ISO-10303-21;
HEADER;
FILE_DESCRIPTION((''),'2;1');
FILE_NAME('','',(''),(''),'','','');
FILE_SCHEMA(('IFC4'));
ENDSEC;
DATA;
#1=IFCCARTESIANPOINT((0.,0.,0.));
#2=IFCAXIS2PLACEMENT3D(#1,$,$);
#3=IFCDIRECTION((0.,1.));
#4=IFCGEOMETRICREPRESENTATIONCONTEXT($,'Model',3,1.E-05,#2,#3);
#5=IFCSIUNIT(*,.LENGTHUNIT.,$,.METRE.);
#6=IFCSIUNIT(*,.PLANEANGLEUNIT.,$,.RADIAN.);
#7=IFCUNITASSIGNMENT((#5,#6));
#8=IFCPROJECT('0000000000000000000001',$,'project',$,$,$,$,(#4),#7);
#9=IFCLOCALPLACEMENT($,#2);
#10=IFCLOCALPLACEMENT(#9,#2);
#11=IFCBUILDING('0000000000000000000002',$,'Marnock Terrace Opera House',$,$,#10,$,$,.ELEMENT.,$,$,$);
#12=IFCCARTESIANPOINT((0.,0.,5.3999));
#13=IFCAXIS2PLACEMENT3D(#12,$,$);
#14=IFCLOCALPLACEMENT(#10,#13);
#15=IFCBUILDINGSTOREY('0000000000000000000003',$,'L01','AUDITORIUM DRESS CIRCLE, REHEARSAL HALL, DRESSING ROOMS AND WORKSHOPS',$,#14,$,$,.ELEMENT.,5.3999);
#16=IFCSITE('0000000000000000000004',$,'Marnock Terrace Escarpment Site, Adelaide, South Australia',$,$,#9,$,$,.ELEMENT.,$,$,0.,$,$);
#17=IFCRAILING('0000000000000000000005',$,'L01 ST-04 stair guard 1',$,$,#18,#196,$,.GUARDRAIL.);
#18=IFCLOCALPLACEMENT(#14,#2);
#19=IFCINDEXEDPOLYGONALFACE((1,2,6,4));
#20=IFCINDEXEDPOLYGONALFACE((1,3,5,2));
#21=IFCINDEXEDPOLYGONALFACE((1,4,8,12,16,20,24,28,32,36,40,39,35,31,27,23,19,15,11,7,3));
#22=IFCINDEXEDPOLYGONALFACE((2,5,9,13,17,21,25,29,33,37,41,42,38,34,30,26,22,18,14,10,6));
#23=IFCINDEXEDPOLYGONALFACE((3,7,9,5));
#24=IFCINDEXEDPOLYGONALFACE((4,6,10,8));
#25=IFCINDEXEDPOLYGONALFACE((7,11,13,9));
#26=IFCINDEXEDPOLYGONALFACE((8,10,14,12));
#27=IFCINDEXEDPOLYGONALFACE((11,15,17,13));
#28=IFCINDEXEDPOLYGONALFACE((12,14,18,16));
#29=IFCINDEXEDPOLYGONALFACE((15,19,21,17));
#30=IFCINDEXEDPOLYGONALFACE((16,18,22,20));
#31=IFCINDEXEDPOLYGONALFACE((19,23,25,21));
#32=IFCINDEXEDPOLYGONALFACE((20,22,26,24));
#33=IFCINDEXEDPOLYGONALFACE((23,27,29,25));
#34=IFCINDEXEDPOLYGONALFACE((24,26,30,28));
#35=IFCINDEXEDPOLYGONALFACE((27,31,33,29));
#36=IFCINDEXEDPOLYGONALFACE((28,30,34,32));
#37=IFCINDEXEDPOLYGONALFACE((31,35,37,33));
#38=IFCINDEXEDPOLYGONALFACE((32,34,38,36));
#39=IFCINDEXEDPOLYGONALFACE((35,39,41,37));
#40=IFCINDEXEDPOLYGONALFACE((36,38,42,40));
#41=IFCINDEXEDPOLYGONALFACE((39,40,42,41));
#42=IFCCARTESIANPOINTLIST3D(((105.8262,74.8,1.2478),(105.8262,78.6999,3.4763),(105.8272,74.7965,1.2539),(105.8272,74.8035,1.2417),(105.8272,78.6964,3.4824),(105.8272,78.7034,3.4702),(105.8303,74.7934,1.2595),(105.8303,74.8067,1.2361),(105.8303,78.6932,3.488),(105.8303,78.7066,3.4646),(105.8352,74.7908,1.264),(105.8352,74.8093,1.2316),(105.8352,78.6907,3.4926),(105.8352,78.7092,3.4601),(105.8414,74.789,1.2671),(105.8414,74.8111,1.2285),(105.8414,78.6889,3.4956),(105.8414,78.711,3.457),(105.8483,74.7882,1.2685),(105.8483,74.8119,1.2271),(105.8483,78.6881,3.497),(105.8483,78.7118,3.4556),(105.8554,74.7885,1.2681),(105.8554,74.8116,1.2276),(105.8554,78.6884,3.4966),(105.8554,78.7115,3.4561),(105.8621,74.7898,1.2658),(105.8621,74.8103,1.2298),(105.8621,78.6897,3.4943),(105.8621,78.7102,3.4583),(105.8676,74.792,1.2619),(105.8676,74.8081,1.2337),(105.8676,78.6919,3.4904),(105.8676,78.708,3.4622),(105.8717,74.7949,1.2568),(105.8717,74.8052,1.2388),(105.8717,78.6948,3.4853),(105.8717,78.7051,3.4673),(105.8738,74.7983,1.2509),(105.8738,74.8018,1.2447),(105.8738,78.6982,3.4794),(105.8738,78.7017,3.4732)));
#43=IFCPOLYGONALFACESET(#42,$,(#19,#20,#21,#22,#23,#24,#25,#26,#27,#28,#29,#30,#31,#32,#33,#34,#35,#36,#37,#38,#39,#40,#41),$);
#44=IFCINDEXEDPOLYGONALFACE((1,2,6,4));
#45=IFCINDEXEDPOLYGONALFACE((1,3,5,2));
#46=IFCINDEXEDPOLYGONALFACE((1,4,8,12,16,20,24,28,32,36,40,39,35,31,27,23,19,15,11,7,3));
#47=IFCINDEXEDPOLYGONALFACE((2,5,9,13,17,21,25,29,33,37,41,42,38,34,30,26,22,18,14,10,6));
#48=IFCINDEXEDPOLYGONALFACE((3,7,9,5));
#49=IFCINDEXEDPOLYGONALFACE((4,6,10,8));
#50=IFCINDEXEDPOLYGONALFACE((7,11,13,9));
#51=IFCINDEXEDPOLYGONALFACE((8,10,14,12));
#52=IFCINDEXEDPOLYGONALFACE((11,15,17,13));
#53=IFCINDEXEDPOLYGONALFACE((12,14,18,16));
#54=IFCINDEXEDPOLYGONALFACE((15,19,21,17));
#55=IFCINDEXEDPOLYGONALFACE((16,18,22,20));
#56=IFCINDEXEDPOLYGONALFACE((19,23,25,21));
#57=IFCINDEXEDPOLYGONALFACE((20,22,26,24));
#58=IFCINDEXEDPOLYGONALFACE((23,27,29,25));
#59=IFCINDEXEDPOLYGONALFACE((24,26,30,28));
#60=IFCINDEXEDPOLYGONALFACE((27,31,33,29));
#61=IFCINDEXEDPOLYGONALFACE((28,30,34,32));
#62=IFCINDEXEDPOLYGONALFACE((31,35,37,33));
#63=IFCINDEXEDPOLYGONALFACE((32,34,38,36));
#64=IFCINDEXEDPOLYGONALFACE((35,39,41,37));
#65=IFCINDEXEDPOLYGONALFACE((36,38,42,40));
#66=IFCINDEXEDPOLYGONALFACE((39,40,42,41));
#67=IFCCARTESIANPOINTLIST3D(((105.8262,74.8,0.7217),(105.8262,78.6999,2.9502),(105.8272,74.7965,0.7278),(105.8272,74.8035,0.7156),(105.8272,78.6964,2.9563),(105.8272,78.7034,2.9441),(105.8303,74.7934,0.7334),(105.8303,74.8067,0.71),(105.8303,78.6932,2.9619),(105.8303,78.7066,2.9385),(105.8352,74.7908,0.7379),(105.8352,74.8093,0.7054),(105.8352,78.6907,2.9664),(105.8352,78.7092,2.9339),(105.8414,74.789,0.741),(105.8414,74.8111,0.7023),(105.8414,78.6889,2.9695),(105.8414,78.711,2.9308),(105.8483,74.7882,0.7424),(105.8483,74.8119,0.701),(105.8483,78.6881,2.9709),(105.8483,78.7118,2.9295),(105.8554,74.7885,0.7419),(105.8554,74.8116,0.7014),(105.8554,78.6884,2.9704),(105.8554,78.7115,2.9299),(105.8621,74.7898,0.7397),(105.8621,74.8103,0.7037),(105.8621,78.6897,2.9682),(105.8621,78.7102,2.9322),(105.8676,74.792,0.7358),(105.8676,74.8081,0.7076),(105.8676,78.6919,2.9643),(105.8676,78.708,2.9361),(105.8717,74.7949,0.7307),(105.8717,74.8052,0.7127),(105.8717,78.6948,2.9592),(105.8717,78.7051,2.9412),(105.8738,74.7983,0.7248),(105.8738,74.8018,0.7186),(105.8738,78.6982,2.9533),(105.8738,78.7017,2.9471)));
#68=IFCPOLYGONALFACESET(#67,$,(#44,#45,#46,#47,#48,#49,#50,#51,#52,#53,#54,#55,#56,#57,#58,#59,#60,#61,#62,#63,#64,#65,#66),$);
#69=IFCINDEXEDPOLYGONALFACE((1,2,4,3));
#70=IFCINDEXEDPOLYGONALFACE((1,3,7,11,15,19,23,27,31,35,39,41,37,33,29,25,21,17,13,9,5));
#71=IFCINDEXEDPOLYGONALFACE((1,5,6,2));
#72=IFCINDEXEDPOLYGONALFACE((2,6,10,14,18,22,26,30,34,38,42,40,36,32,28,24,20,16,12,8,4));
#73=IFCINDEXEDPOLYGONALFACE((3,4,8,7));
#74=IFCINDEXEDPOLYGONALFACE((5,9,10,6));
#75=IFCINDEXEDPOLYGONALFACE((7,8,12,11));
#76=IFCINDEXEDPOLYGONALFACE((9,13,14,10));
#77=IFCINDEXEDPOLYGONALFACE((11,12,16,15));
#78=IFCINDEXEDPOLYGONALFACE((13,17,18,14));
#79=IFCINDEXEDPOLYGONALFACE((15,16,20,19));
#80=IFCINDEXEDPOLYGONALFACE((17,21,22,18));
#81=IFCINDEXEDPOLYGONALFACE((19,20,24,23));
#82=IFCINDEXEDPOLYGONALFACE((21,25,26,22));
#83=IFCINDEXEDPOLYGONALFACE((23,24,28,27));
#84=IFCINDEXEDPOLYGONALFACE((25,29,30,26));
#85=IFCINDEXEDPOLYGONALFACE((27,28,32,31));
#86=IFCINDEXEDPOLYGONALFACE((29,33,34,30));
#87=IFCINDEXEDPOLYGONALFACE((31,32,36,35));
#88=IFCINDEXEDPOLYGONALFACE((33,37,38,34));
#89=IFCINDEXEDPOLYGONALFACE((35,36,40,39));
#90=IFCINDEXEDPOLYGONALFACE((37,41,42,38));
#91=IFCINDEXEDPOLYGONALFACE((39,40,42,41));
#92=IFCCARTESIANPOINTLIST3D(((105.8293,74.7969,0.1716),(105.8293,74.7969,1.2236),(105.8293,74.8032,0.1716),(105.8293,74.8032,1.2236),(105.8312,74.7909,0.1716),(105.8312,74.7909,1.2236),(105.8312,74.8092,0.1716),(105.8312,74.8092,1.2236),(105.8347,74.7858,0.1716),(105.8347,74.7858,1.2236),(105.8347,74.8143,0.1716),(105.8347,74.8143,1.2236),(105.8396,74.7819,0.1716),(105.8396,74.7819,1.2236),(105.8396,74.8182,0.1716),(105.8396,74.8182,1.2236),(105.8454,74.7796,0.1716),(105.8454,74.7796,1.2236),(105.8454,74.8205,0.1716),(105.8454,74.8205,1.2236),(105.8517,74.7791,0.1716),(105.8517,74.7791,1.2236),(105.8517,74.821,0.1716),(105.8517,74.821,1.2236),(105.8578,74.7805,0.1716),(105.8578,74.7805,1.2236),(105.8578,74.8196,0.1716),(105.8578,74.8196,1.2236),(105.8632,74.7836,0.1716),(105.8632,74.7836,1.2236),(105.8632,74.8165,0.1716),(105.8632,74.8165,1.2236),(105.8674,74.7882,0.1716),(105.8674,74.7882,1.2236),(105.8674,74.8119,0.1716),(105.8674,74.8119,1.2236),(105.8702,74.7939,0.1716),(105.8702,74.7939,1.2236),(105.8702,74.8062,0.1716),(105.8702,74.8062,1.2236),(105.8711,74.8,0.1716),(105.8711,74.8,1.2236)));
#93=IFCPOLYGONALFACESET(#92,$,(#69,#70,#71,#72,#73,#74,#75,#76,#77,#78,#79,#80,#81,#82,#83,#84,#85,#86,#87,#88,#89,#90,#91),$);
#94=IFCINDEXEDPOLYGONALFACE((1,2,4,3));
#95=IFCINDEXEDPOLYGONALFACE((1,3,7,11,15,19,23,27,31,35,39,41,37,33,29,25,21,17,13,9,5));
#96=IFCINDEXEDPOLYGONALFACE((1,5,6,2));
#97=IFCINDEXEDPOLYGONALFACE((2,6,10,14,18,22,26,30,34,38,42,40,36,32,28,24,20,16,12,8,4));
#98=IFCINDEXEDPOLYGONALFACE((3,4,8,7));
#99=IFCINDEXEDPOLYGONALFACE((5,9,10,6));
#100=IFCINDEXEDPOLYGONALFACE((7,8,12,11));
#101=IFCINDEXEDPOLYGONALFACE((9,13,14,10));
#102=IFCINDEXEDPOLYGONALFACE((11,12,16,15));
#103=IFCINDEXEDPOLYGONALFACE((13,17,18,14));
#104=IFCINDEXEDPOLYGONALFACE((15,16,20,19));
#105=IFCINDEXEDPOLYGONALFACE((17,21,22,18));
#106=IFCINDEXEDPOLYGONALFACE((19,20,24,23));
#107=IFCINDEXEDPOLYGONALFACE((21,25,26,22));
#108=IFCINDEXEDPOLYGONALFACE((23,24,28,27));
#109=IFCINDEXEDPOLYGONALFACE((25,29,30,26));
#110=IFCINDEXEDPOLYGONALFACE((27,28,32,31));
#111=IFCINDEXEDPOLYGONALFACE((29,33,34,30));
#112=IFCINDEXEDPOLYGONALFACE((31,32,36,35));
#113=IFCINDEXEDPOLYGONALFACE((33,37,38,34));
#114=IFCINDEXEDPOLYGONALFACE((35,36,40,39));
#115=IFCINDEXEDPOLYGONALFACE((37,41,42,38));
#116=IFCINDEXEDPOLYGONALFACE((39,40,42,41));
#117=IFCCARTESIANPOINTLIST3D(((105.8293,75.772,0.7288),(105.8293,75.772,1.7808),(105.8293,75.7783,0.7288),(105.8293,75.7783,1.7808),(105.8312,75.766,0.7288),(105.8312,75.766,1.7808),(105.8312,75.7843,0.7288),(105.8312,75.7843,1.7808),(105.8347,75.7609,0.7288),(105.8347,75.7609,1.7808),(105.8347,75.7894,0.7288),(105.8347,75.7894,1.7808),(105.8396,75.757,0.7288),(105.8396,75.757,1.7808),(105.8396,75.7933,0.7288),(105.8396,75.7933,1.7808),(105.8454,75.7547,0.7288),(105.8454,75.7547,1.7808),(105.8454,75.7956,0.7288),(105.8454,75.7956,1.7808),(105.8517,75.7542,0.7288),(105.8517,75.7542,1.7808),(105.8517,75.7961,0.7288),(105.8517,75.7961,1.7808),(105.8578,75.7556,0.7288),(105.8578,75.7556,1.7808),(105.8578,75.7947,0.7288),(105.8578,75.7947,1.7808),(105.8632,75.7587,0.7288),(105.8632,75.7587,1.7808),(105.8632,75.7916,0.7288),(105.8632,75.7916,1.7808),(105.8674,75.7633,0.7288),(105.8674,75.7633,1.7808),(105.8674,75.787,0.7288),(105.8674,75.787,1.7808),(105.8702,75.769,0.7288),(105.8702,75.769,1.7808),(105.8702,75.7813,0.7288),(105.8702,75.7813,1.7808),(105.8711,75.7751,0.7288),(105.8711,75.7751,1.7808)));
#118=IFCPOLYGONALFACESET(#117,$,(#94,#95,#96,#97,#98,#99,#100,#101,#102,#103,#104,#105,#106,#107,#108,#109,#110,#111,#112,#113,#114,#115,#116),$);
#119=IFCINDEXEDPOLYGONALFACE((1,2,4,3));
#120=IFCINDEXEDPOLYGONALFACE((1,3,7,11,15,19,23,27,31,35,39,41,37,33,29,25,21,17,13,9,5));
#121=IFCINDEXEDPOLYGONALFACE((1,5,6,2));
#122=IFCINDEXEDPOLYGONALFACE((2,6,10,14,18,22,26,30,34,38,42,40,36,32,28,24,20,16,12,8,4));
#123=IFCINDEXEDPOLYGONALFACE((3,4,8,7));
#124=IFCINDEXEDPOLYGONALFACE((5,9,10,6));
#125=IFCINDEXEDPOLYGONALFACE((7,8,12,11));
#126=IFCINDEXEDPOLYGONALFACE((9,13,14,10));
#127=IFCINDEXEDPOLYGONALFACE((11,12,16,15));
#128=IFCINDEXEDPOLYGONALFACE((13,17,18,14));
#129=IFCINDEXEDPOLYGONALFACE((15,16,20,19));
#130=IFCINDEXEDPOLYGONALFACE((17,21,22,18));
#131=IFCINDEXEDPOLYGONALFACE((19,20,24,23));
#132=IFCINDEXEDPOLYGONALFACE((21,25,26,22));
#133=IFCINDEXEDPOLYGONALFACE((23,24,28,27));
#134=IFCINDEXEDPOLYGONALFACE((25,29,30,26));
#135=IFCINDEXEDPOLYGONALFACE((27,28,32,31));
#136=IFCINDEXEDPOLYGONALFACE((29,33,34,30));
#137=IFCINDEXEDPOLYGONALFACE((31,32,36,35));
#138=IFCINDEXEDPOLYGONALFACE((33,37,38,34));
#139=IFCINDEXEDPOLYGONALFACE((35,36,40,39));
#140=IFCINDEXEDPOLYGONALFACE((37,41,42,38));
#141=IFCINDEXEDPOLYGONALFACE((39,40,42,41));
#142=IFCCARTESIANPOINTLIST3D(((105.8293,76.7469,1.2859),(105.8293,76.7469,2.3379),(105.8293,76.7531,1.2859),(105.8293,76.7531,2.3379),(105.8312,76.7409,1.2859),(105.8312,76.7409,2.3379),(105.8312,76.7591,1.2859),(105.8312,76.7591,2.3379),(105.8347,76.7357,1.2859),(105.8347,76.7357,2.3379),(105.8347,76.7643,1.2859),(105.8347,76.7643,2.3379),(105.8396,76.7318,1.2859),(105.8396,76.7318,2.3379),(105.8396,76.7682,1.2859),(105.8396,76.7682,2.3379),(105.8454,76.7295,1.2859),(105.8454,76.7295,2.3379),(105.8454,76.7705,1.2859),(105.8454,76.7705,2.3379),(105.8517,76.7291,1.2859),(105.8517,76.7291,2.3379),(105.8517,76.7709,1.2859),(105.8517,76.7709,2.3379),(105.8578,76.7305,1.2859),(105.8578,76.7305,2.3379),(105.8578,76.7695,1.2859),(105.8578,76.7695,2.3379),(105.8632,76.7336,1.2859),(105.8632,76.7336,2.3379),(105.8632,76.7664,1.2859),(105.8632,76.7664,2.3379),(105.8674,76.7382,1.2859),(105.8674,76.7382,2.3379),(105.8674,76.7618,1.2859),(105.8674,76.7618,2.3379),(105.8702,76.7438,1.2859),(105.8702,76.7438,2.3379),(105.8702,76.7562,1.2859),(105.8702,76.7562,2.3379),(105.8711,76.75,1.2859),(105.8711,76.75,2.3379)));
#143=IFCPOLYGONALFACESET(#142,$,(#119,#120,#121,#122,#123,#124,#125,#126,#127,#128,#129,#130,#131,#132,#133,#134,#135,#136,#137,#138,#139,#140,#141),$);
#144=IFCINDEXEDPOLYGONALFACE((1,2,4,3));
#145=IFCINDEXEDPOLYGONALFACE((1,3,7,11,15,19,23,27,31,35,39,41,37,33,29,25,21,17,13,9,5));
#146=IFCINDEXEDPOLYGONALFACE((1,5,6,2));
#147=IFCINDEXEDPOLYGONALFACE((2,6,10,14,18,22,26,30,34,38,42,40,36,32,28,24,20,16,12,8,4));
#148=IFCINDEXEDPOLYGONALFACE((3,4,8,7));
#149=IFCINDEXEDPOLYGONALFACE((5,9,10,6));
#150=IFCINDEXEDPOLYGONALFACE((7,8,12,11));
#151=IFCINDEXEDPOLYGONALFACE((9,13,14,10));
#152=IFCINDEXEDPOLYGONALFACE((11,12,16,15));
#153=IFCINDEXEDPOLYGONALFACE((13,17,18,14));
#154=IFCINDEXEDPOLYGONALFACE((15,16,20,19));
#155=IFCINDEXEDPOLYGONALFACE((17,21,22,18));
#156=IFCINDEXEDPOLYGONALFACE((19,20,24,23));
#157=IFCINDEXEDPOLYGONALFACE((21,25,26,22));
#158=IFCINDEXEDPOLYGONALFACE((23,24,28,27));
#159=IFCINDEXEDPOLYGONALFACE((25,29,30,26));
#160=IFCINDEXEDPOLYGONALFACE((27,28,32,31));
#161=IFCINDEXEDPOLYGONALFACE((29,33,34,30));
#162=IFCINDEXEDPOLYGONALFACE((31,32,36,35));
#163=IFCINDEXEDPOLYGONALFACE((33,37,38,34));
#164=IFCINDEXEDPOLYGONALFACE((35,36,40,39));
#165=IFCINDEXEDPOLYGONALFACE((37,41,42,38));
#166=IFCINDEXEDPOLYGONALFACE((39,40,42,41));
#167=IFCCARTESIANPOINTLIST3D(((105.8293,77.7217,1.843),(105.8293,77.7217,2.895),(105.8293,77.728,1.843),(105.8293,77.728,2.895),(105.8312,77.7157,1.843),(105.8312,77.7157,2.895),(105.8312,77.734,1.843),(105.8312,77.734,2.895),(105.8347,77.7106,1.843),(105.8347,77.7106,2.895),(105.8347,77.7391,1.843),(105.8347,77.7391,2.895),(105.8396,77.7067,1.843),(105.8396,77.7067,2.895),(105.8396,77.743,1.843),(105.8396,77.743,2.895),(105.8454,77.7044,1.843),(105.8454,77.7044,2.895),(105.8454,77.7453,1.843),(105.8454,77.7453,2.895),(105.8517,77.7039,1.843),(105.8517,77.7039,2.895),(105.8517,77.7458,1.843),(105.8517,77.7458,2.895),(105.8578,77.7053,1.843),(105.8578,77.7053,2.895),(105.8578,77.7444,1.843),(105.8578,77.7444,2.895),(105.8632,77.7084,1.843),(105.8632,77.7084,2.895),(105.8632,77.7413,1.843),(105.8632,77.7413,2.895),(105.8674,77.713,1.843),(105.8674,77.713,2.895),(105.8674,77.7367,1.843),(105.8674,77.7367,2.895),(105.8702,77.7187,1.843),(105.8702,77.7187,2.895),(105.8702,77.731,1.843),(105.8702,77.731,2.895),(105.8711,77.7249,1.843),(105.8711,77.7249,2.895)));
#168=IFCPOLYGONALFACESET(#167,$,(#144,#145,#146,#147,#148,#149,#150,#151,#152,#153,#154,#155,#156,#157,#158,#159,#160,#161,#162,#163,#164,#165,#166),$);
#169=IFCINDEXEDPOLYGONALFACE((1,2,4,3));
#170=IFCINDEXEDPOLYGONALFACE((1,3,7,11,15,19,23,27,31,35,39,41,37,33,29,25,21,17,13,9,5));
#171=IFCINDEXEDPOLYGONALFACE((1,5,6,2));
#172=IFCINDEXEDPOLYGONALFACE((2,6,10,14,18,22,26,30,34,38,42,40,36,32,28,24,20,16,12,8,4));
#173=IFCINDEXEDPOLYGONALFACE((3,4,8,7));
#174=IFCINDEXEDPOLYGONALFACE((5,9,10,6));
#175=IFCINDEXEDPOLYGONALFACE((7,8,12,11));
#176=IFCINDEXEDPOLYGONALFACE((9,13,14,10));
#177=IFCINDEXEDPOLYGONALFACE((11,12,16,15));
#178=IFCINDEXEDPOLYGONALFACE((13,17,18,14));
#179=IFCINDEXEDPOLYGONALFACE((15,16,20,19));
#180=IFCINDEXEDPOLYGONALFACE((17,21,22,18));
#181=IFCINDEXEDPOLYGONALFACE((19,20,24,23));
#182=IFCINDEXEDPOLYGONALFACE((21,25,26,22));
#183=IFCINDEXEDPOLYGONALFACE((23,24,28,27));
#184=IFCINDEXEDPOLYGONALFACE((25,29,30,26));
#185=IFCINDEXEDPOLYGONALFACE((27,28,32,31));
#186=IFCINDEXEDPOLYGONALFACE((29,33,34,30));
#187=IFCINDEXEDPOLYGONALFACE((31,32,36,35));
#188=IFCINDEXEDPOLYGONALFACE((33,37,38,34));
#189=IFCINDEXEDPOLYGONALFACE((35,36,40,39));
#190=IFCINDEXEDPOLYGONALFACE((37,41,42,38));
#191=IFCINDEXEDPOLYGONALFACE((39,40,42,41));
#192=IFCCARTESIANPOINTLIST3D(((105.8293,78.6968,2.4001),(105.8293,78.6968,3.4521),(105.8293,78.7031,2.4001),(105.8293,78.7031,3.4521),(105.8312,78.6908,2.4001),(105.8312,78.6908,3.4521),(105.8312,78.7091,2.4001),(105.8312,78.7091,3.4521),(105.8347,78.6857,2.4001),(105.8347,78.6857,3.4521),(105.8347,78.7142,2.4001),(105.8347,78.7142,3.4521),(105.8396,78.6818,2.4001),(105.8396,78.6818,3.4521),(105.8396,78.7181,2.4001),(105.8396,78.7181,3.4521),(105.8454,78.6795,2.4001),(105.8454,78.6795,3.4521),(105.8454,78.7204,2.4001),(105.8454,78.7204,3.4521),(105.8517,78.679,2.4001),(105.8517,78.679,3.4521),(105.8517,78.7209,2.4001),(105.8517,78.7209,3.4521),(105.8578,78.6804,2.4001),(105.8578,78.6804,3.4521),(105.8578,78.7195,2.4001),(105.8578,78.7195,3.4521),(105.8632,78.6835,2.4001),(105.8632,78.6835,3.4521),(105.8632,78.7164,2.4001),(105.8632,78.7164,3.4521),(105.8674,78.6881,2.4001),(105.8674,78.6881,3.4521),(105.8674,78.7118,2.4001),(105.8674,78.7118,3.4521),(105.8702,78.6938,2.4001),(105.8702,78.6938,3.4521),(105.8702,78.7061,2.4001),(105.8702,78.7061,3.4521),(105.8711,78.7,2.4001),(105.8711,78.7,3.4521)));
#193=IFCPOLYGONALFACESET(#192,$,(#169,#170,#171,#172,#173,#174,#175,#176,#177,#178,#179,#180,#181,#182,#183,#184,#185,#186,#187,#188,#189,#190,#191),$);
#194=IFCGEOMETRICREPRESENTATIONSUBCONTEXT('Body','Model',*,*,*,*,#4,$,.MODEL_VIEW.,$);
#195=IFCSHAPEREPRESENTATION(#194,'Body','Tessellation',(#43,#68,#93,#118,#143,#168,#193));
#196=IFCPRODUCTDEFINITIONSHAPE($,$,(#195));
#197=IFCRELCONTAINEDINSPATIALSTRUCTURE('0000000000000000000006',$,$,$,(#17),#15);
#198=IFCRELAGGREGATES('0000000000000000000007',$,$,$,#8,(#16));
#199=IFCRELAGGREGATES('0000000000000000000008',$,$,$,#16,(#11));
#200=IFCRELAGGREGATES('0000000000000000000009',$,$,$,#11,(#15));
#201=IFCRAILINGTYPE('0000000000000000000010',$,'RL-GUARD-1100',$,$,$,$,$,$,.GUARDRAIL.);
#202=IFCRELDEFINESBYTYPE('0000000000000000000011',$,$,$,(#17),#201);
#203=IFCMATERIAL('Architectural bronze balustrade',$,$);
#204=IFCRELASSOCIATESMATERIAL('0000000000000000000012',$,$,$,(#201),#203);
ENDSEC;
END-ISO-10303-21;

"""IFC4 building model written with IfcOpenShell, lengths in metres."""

from ifc_helpers import new_model, si_unit, direction, frame, origin, origin_2d, place, context, subcontext, project, spatial, circle, extrude, material, type_object, element, save


model = new_model("IFC4")

# Units and contexts
model_context = context("Model", 3, precision=1e-05, world=origin(), true_north=direction((0.0, 1.0)))
body_context = subcontext(model_context, "Body", "Model", "MODEL_VIEW")
ifc_project = project(units=[si_unit("LENGTHUNIT", "METRE"), si_unit("PLANEANGLEUNIT", "RADIAN")], contexts=[model_context])

# Site, building, storey
site_placement = place(None, origin())
site = spatial("IfcSite", under=ifc_project, at=site_placement, Name="Marnock Terrace Escarpment Site, Adelaide, South Australia", CompositionType="ELEMENT", RefElevation=0.0)
building_placement = place(site_placement, origin())
building = spatial("IfcBuilding", under=site, at=building_placement, Name="Marnock Terrace Opera House", CompositionType="ELEMENT")
storey_placement = place(building_placement, frame((0.0, 0.0, 5.3999)))
storey = spatial("IfcBuildingStorey", under=building, at=storey_placement, Name="L01", Description="AUDITORIUM DRESS CIRCLE, REHEARSAL HALL, DRESSING ROOMS AND WORKSHOPS", CompositionType="ELEMENT", Elevation=5.3999)

# Railing
ifc_material_1 = material(Name="Architectural bronze balustrade")
railing_type_1 = type_object("IfcRailingType", Name="RL-GUARD-1100", PredefinedType="GUARDRAIL", material=ifc_material_1)
railing_1_placement = place(storey_placement, frame((105.8501, 74.8, 0.1716)))
element("IfcRailing", 1, at=railing_1_placement, inside=storey, type_object=railing_type_1, Name="L01 ST-04 stair guard 1", PredefinedType="GUARDRAIL", context=body_context, shape_type="SweptSolid", body=[
    extrude(circle(Radius=0.0239, at=origin_2d()), frame((0.0, 0.0, 1.0762), z_axis=(0.0, 0.868243, 0.496139), x_axis=(-1.0, 0.0, 0.0)), (0.0, 0.0, 1.0), 4.4917),
    extrude(circle(Radius=0.0239, at=origin_2d()), frame((0.0, 0.0, 0.55), z_axis=(0.0, 0.868243, 0.496139), x_axis=(-1.0, 0.0, 0.0)), (0.0, 0.0, 1.0), 4.4917),
    extrude(circle(Radius=0.021, at=origin_2d()), origin(), (0.0, 0.0, 1.0), 1.052),
    extrude(circle(Radius=0.021, at=origin_2d()), frame((0.0, 0.9751, 0.5571)), (0.0, 0.0, 1.0), 1.052),
    extrude(circle(Radius=0.021, at=origin_2d()), frame((0.0, 1.95, 1.1143)), (0.0, 0.0, 1.0), 1.052),
    extrude(circle(Radius=0.021, at=origin_2d()), frame((0.0, 2.9248, 1.6714)), (0.0, 0.0, 1.0), 1.052),
    extrude(circle(Radius=0.021, at=origin_2d()), frame((0.0, 3.8999, 2.2285)), (0.0, 0.0, 1.0), 1.052),
])

save(model, "model.ifc")
